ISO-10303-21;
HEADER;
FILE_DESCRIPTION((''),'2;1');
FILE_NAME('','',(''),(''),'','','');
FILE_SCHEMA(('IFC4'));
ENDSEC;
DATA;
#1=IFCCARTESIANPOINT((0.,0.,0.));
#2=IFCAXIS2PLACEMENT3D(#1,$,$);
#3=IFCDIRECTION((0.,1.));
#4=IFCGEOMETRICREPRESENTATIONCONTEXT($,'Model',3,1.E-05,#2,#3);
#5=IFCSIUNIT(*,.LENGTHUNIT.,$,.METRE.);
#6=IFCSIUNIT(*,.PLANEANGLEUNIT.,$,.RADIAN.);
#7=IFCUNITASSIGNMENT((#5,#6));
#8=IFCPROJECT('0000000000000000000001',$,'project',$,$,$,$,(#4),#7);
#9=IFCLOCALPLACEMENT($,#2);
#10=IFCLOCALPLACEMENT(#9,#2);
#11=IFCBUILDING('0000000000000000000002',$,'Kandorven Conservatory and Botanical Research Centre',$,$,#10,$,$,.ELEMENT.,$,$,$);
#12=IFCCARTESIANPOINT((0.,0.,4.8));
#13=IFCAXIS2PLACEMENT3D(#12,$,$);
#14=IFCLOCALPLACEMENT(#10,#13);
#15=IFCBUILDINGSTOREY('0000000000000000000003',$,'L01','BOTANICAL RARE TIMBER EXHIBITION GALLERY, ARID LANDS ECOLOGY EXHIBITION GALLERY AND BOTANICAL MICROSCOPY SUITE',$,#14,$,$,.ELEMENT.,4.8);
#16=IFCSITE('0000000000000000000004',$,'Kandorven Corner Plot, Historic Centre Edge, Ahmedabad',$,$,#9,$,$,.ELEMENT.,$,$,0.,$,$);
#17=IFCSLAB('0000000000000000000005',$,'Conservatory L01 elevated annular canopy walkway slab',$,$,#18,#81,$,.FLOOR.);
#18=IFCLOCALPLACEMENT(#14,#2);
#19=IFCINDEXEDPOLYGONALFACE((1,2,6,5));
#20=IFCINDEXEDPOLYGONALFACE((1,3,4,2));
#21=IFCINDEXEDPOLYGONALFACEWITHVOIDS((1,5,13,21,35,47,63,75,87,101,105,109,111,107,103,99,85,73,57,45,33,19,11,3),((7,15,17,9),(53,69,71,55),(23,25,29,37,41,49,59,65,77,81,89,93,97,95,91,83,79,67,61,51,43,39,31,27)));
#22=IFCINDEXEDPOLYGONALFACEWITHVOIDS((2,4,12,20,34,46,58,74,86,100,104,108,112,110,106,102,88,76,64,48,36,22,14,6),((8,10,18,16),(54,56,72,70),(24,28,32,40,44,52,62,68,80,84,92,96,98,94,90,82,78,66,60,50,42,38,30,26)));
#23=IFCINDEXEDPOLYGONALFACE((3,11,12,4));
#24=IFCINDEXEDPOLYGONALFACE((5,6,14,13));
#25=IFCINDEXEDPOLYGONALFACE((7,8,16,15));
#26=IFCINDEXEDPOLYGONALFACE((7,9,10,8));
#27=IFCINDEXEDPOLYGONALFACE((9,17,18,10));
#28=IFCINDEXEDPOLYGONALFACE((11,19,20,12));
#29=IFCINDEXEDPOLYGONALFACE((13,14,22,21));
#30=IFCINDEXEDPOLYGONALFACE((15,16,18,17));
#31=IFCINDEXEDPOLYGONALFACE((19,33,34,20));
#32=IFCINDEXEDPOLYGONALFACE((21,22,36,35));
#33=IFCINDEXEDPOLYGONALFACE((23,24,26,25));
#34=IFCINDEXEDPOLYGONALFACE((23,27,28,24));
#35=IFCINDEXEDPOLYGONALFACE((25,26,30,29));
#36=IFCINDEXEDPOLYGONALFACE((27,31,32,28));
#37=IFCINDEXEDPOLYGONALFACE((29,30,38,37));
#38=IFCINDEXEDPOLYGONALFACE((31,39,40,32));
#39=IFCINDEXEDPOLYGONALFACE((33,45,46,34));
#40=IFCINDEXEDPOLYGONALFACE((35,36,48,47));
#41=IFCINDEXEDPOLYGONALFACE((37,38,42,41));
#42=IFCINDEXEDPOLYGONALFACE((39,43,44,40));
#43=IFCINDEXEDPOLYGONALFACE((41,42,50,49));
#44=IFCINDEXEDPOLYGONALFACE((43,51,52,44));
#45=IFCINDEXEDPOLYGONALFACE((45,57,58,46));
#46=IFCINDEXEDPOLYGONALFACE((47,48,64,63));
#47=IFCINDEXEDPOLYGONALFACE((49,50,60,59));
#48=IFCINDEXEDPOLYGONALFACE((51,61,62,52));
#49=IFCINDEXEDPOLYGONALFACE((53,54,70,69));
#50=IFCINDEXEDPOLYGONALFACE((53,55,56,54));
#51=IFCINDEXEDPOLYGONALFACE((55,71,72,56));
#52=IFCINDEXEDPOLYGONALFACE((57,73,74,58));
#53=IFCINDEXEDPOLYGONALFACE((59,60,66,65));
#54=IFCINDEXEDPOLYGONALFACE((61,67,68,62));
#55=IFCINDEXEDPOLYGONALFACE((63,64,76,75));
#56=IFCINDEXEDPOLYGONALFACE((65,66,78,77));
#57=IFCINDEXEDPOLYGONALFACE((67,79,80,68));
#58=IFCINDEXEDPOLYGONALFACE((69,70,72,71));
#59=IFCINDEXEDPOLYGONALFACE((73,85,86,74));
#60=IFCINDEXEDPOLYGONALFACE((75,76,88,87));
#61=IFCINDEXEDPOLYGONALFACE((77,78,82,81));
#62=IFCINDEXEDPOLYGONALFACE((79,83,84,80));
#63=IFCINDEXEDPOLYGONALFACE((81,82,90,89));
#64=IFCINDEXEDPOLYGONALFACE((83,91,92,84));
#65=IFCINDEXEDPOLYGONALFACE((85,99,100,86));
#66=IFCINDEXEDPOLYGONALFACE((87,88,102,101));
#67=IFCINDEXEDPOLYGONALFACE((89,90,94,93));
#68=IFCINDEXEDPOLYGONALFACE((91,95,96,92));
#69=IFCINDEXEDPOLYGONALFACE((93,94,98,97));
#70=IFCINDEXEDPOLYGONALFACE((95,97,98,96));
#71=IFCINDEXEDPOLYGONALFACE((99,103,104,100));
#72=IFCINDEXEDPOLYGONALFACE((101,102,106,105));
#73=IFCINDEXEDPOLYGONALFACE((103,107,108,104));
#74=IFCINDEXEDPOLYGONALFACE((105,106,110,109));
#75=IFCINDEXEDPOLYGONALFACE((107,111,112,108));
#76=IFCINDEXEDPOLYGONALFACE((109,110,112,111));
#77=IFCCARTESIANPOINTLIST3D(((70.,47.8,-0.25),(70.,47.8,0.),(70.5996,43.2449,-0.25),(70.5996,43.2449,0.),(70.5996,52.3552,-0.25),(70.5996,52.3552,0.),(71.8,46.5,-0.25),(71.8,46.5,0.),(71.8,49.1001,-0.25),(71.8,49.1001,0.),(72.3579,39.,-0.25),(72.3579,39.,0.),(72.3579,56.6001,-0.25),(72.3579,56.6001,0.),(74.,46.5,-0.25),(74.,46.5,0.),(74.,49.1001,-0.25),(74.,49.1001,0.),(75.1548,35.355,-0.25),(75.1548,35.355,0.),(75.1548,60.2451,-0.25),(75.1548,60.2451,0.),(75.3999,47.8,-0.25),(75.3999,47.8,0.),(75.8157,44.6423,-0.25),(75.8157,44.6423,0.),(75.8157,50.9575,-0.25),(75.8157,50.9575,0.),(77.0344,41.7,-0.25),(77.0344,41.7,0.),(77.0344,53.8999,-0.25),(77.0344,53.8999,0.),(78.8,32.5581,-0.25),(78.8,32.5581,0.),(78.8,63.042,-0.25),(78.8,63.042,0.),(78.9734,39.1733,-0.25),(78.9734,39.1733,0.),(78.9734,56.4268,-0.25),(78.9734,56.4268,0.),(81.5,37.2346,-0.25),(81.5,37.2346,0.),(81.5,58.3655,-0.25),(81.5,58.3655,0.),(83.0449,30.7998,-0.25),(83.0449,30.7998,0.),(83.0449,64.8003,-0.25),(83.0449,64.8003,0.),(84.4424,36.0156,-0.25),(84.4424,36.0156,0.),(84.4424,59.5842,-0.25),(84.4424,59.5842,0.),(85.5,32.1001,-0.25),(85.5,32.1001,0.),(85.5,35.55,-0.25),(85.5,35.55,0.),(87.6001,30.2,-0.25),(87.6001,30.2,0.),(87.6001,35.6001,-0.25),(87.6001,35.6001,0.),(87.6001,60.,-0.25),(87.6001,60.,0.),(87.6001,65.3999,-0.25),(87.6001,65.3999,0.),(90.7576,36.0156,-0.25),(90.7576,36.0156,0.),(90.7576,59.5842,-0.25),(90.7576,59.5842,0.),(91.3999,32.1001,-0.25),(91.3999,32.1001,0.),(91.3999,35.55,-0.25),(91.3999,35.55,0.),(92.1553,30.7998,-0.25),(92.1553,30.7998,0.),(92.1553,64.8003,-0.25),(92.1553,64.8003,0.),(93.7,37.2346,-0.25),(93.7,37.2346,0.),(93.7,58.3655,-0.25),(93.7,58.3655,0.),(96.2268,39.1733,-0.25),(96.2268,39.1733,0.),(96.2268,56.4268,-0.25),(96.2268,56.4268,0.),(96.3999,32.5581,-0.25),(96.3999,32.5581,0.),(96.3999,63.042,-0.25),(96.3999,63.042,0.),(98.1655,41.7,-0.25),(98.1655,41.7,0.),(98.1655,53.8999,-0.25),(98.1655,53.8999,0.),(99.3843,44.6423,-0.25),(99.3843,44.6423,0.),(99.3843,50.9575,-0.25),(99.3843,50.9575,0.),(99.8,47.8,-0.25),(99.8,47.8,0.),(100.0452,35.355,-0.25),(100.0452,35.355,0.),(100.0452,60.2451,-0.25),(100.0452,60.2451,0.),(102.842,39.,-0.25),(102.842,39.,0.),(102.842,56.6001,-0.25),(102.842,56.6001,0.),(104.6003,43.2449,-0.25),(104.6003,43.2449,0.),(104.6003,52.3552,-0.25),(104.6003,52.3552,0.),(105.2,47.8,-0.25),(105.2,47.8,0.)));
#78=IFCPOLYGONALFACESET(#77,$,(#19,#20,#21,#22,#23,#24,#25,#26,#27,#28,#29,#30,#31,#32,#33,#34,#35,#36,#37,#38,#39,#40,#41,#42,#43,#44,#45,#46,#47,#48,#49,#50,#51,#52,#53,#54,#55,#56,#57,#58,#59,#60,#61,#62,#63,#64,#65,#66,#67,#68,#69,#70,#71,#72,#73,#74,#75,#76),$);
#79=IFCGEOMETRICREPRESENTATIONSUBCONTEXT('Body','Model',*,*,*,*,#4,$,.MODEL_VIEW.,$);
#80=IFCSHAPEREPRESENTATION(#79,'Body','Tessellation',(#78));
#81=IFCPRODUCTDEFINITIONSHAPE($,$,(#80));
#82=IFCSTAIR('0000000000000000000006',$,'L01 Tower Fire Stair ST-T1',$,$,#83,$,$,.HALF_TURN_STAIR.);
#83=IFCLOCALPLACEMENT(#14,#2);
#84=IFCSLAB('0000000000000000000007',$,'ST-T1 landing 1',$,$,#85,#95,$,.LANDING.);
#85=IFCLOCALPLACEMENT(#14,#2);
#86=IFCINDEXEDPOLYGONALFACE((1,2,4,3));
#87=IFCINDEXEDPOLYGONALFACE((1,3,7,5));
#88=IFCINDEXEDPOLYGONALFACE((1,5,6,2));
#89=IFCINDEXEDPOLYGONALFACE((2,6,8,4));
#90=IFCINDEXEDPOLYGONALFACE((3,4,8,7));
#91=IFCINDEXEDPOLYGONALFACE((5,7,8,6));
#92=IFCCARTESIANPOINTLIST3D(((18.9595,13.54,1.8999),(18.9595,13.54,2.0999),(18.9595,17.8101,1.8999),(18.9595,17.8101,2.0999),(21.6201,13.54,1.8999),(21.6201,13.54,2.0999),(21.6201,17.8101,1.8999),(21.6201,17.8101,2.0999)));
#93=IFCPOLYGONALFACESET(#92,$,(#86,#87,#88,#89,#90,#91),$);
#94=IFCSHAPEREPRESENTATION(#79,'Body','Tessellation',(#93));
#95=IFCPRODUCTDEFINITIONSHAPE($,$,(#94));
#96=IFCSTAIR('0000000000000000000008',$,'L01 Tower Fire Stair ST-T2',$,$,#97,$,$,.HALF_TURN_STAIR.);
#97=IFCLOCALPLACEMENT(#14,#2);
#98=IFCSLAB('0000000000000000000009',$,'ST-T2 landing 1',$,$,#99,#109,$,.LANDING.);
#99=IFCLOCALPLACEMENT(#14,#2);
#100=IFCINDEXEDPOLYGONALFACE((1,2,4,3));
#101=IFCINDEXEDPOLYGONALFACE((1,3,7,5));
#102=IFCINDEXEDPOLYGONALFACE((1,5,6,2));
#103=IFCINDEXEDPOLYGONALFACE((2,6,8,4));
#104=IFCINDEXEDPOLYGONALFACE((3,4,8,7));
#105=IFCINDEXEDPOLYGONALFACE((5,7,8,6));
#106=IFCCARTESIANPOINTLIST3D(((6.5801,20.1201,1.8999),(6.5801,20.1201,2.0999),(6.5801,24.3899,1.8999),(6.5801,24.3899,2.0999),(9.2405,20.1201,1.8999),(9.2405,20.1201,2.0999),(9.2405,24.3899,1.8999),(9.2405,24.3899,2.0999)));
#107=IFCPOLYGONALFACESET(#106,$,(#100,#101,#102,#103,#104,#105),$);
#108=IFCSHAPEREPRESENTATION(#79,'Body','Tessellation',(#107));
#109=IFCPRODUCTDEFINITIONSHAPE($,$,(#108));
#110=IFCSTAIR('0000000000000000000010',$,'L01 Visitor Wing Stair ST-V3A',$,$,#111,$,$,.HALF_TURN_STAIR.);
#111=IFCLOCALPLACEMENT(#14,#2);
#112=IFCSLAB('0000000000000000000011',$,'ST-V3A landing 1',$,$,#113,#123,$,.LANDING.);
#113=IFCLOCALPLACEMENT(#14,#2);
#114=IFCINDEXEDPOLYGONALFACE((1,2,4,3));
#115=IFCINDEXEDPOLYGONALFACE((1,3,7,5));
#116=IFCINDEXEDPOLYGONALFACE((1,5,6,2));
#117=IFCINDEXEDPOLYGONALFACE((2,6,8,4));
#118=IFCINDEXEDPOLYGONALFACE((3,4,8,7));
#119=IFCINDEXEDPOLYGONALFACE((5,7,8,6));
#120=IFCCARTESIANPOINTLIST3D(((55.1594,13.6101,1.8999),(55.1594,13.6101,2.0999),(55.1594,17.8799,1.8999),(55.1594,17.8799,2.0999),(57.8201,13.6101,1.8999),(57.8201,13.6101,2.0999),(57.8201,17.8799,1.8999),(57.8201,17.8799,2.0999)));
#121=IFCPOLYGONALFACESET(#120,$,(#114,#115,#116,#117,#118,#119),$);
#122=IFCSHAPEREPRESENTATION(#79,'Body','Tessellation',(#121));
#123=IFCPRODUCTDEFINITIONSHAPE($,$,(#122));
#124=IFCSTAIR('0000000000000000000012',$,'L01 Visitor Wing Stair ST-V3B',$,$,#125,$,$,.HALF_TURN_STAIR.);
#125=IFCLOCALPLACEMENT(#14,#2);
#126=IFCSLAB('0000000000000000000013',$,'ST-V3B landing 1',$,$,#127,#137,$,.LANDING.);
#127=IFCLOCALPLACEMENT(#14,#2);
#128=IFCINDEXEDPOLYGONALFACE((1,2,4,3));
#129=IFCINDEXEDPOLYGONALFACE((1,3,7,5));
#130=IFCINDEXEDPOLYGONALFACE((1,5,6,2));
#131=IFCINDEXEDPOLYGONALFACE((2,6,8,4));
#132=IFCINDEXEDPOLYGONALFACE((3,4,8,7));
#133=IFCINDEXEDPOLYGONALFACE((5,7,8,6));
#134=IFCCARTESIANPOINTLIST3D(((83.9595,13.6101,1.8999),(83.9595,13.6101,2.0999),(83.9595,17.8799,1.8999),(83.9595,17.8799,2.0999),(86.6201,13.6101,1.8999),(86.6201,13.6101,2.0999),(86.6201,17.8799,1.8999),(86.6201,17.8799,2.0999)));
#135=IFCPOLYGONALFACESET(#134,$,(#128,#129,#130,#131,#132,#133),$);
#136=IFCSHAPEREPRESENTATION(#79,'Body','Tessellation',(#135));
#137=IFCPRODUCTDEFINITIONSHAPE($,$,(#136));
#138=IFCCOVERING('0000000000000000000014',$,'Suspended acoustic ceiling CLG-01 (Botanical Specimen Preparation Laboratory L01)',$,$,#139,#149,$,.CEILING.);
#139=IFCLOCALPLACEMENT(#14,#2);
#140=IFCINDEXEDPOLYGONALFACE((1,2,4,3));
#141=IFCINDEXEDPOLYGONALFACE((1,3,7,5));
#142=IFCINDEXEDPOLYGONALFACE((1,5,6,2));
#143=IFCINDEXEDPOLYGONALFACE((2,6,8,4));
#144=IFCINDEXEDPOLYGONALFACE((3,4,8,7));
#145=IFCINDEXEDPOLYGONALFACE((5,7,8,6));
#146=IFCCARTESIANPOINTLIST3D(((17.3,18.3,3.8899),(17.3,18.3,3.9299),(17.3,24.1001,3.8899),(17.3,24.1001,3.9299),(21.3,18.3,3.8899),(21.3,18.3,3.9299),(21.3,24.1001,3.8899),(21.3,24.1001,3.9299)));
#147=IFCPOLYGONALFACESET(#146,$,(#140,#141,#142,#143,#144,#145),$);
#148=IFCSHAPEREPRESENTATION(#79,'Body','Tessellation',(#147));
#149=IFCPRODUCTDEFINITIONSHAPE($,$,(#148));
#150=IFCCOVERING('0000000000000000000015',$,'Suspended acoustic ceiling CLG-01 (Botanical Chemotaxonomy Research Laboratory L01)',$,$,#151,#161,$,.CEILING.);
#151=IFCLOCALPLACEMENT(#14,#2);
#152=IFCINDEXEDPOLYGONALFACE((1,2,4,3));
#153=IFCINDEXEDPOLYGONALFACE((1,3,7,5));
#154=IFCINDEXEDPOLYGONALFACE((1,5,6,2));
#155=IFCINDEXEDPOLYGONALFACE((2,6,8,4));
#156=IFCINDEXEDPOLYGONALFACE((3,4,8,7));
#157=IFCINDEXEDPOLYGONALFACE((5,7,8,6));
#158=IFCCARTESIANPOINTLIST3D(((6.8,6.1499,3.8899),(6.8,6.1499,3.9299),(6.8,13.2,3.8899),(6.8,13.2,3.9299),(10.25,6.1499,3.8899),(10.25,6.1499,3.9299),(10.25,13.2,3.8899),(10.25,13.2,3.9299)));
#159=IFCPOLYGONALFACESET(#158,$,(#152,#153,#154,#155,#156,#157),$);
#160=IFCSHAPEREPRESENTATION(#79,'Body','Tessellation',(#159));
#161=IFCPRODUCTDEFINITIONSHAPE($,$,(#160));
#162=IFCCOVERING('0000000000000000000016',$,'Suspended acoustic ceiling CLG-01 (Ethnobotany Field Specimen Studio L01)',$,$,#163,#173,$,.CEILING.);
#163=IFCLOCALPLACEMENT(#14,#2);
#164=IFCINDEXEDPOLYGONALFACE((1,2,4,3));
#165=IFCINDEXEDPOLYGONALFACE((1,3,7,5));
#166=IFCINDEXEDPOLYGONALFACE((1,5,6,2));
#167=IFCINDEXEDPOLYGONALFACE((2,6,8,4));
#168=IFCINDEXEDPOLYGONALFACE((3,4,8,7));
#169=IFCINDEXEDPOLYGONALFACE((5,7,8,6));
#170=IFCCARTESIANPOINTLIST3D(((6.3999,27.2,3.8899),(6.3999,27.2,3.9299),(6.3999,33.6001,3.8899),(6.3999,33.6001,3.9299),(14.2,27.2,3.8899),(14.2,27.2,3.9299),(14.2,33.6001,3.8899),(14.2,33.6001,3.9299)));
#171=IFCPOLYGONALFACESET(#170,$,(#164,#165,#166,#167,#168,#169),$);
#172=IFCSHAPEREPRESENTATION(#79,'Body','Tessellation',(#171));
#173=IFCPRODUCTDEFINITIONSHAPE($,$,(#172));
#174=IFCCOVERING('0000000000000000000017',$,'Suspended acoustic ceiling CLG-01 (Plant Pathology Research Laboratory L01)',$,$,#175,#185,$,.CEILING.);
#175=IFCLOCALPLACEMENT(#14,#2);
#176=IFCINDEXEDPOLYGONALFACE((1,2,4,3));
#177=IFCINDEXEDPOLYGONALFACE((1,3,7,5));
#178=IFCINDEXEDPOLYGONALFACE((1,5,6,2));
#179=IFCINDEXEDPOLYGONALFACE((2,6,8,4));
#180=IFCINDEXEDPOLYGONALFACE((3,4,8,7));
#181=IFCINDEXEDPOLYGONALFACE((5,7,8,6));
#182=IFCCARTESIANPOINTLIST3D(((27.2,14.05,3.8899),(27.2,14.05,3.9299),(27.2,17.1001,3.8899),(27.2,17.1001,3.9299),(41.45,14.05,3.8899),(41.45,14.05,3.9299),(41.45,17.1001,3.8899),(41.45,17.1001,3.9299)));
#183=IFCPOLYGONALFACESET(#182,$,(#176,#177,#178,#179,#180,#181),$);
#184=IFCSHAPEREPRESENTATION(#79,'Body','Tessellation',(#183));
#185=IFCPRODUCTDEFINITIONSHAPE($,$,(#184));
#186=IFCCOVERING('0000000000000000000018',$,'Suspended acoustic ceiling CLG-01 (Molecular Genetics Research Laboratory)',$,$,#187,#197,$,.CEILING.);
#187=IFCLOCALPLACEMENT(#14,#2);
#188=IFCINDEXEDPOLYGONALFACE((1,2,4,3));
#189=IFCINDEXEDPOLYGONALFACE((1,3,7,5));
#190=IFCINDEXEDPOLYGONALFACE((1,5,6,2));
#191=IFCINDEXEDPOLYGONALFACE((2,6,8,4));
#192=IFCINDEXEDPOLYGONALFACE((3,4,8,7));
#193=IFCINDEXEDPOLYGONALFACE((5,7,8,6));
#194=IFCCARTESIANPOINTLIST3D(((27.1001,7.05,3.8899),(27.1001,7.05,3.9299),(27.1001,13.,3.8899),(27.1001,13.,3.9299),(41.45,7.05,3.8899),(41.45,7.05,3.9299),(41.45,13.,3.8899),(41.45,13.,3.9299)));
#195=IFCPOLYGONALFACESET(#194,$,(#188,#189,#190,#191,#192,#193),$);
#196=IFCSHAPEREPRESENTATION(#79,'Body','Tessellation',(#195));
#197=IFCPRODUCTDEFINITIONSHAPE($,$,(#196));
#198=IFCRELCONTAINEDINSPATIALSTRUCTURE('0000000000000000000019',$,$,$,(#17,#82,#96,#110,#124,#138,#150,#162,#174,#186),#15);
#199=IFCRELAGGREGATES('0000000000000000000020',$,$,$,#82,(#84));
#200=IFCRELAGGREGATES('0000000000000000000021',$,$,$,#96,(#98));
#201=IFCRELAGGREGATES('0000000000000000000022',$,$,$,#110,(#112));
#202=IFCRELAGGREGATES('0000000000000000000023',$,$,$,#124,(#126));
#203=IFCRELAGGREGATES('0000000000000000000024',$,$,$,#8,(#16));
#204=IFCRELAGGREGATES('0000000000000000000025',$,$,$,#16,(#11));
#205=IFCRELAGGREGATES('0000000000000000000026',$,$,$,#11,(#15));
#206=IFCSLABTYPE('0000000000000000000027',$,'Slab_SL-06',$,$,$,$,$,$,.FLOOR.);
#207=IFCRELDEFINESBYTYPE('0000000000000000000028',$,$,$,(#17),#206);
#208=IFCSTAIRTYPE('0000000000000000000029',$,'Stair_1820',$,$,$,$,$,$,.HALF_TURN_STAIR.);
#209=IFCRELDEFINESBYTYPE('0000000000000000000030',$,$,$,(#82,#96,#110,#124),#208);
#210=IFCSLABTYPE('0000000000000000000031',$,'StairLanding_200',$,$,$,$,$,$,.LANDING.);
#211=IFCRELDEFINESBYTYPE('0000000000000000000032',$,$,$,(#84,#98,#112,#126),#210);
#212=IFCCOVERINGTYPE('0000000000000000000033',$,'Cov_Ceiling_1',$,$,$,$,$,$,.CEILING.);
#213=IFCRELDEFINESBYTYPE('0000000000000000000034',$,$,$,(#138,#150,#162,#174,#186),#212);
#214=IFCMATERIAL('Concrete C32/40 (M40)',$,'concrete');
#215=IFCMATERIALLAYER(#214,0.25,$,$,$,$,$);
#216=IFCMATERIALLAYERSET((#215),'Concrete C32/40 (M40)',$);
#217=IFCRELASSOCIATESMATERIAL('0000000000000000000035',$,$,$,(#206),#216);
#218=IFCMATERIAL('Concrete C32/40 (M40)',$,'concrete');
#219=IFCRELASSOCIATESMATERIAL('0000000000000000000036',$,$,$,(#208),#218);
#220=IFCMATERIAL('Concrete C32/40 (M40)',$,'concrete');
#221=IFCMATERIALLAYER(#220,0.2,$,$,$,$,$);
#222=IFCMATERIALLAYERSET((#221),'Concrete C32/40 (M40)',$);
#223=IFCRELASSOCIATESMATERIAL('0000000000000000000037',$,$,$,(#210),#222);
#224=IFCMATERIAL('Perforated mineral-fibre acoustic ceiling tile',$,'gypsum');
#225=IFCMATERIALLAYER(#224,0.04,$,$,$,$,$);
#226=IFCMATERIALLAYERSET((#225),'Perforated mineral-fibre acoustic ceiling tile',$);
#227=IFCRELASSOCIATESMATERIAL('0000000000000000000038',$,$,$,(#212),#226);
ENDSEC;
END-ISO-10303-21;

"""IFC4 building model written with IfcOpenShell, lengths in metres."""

from ifc_helpers import new_model, si_unit, direction, frame, origin, place, context, subcontext, project, spatial, polyline, outline, extrude, material, layer, layer_set, type_object, element, aggregate, save


model = new_model("IFC4")

# Units and contexts
model_context = context("Model", 3, precision=1e-05, world=origin(), true_north=direction((0.0, 1.0)))
body_context = subcontext(model_context, "Body", "Model", "MODEL_VIEW")
ifc_project = project(units=[si_unit("LENGTHUNIT", "METRE"), si_unit("PLANEANGLEUNIT", "RADIAN")], contexts=[model_context])

# Site, building, storey
site_placement = place(None, origin())
site = spatial("IfcSite", under=ifc_project, at=site_placement, Name="Kandorven Corner Plot, Historic Centre Edge, Ahmedabad", CompositionType="ELEMENT", RefElevation=0.0)
building_placement = place(site_placement, origin())
building = spatial("IfcBuilding", under=site, at=building_placement, Name="Kandorven Conservatory and Botanical Research Centre", CompositionType="ELEMENT")
storey_placement = place(building_placement, frame((0.0, 0.0, 4.8)))
storey = spatial("IfcBuildingStorey", under=building, at=storey_placement, Name="L01", Description="BOTANICAL RARE TIMBER EXHIBITION GALLERY, ARID LANDS ECOLOGY EXHIBITION GALLERY AND BOTANICAL MICROSCOPY SUITE", CompositionType="ELEMENT", Elevation=4.8)

# Slab
ifc_material_1 = material(Name="Concrete C32/40 (M40)", Category="concrete")
ifc_layer_1 = layer(ifc_material_1, 0.25)
ifc_layer_set_1 = layer_set([ifc_layer_1], Name="Concrete C32/40 (M40)")
slab_type_1 = type_object("IfcSlabType", Name="Slab_SL-06", PredefinedType="FLOOR", material=ifc_layer_set_1)
slab_1_placement = place(storey_placement, frame((0.0, 0.0, -0.25)))
element("IfcSlab", 1, at=slab_1_placement, inside=storey, type_object=slab_type_1, Name="Conservatory L01 elevated annular canopy walkway slab", PredefinedType="FLOOR", context=body_context, shape_type="SweptSolid", body=[
    extrude(outline(polyline([(105.2, 47.8), (104.6003, 52.3552), (102.842, 56.6001), (100.0452, 60.2451), (96.3999, 63.042), (92.1553, 64.8003), (87.6001, 65.3999), (83.0449, 64.8003), (78.8, 63.042), (75.1548, 60.2451), (72.3579, 56.6001), (70.5996, 52.3552), (70.0, 47.8), (70.5996, 43.2449), (72.3579, 39.0), (75.1548, 35.355), (78.8, 32.5581), (83.0449, 30.7998), (87.6001, 30.2), (92.1553, 30.7998), (96.3999, 32.5581), (100.0452, 35.355), (102.842, 39.0), (104.6003, 43.2449), (105.2, 47.8)]), holes=[polyline([(99.8, 47.8), (99.3843, 50.9575), (98.1655, 53.8999), (96.2268, 56.4268), (93.7, 58.3655), (90.7576, 59.5842), (87.6001, 60.0), (84.4424, 59.5842), (81.5, 58.3655), (78.9734, 56.4268), (77.0344, 53.8999), (75.8157, 50.9575), (75.3999, 47.8), (75.8157, 44.6423), (77.0344, 41.7), (78.9734, 39.1733), (81.5, 37.2346), (84.4424, 36.0156), (87.6001, 35.6001), (90.7576, 36.0156), (93.7, 37.2346), (96.2268, 39.1733), (98.1655, 41.7), (99.3843, 44.6423), (99.8, 47.8)]), polyline([(85.5, 32.1001), (91.3999, 32.1001), (91.3999, 35.55), (85.5, 35.55), (85.5, 32.1001)]), polyline([(71.8, 46.5), (74.0, 46.5), (74.0, 49.1001), (71.8, 49.1001), (71.8, 46.5)])]), origin(), (0.0, 0.0, 1.0), 0.25),
])

# Stairs, slabs
ifc_material_2 = material(Name="Concrete C32/40 (M40)", Category="concrete")
stair_type = type_object("IfcStairType", Name="Stair_1820", PredefinedType="HALF_TURN_STAIR", material=ifc_material_2)
stair_1_placement = place(storey_placement, origin())
stair_1 = element("IfcStair", 2, at=stair_1_placement, inside=storey, type_object=stair_type, Name="L01 Tower Fire Stair ST-T1", PredefinedType="HALF_TURN_STAIR")
ifc_material_3 = material(Name="Concrete C32/40 (M40)", Category="concrete")
ifc_layer_2 = layer(ifc_material_3, 0.2)
ifc_layer_set_2 = layer_set([ifc_layer_2], Name="Concrete C32/40 (M40)")
slab_type_2 = type_object("IfcSlabType", Name="StairLanding_200", PredefinedType="LANDING", material=ifc_layer_set_2)
slab_2_placement = place(storey_placement, frame((0.0, 0.0, 1.8999)))
slab_2 = element("IfcSlab", 3, at=slab_2_placement, type_object=slab_type_2, Name="ST-T1 landing 1", PredefinedType="LANDING", context=body_context, shape_type="SweptSolid", body=[
    extrude(outline(polyline([(18.9595, 13.54), (21.6201, 13.54), (21.6201, 17.8101), (18.9595, 17.8101), (18.9595, 13.54)])), origin(), (0.0, 0.0, 1.0), 0.2),
])
aggregate(stair_1, [slab_2])
stair_2_placement = place(storey_placement, origin())
stair_2 = element("IfcStair", 4, at=stair_2_placement, inside=storey, type_object=stair_type, Name="L01 Tower Fire Stair ST-T2", PredefinedType="HALF_TURN_STAIR")
slab_3_placement = place(storey_placement, frame((0.0, 0.0, 1.8999)))
slab_3 = element("IfcSlab", 5, at=slab_3_placement, type_object=slab_type_2, Name="ST-T2 landing 1", PredefinedType="LANDING", context=body_context, shape_type="SweptSolid", body=[
    extrude(outline(polyline([(9.2405, 24.3899), (6.5801, 24.3899), (6.5801, 20.1201), (9.2405, 20.1201), (9.2405, 24.3899)])), origin(), (0.0, 0.0, 1.0), 0.2),
])
aggregate(stair_2, [slab_3])
stair_3_placement = place(storey_placement, origin())
stair_3 = element("IfcStair", 6, at=stair_3_placement, inside=storey, type_object=stair_type, Name="L01 Visitor Wing Stair ST-V3A", PredefinedType="HALF_TURN_STAIR")
slab_4_placement = place(storey_placement, frame((0.0, 0.0, 1.8999)))
slab_4 = element("IfcSlab", 7, at=slab_4_placement, type_object=slab_type_2, Name="ST-V3A landing 1", PredefinedType="LANDING", context=body_context, shape_type="SweptSolid", body=[
    extrude(outline(polyline([(55.1594, 13.6101), (57.8201, 13.6101), (57.8201, 17.8799), (55.1594, 17.8799), (55.1594, 13.6101)])), origin(), (0.0, 0.0, 1.0), 0.2),
])
aggregate(stair_3, [slab_4])
stair_4_placement = place(storey_placement, origin())
stair_4 = element("IfcStair", 8, at=stair_4_placement, inside=storey, type_object=stair_type, Name="L01 Visitor Wing Stair ST-V3B", PredefinedType="HALF_TURN_STAIR")
slab_5_placement = place(storey_placement, frame((0.0, 0.0, 1.8999)))
slab_5 = element("IfcSlab", 9, at=slab_5_placement, type_object=slab_type_2, Name="ST-V3B landing 1", PredefinedType="LANDING", context=body_context, shape_type="SweptSolid", body=[
    extrude(outline(polyline([(83.9595, 13.6101), (86.6201, 13.6101), (86.6201, 17.8799), (83.9595, 17.8799), (83.9595, 13.6101)])), origin(), (0.0, 0.0, 1.0), 0.2),
])
aggregate(stair_4, [slab_5])

# Coverings
ifc_material_4 = material(Name="Perforated mineral-fibre acoustic ceiling tile", Category="gypsum")
ifc_layer_3 = layer(ifc_material_4, 0.04)
ifc_layer_set_3 = layer_set([ifc_layer_3], Name="Perforated mineral-fibre acoustic ceiling tile")
covering_type_1 = type_object("IfcCoveringType", Name="Cov_Ceiling_1", PredefinedType="CEILING", material=ifc_layer_set_3)
covering_1_placement = place(storey_placement, frame((0.0, 0.0, 3.8899)))
element("IfcCovering", 10, at=covering_1_placement, inside=storey, type_object=covering_type_1, Name="Suspended acoustic ceiling CLG-01 (Botanical Specimen Preparation Laboratory L01)", PredefinedType="CEILING", context=body_context, shape_type="SweptSolid", body=[
    extrude(outline(polyline([(17.3, 18.3), (21.3, 18.3), (21.3, 24.1001), (17.3, 24.1001), (17.3, 18.3)])), origin(), (0.0, 0.0, 1.0), 0.04),
])
covering_2_placement = place(storey_placement, frame((0.0, 0.0, 3.8899)))
element("IfcCovering", 11, at=covering_2_placement, inside=storey, type_object=covering_type_1, Name="Suspended acoustic ceiling CLG-01 (Botanical Chemotaxonomy Research Laboratory L01)", PredefinedType="CEILING", context=body_context, shape_type="SweptSolid", body=[
    extrude(outline(polyline([(6.8, 6.1499), (10.25, 6.1499), (10.25, 13.2), (6.8, 13.2), (6.8, 6.1499)])), origin(), (0.0, 0.0, 1.0), 0.04),
])
covering_3_placement = place(storey_placement, frame((0.0, 0.0, 3.8899)))
element("IfcCovering", 12, at=covering_3_placement, inside=storey, type_object=covering_type_1, Name="Suspended acoustic ceiling CLG-01 (Ethnobotany Field Specimen Studio L01)", PredefinedType="CEILING", context=body_context, shape_type="SweptSolid", body=[
    extrude(outline(polyline([(6.3999, 27.2), (14.2, 27.2), (14.2, 33.6001), (6.3999, 33.6001), (6.3999, 27.2)])), origin(), (0.0, 0.0, 1.0), 0.04),
])
covering_4_placement = place(storey_placement, frame((0.0, 0.0, 3.8899)))
element("IfcCovering", 13, at=covering_4_placement, inside=storey, type_object=covering_type_1, Name="Suspended acoustic ceiling CLG-01 (Plant Pathology Research Laboratory L01)", PredefinedType="CEILING", context=body_context, shape_type="SweptSolid", body=[
    extrude(outline(polyline([(27.2, 14.05), (41.45, 14.05), (41.45, 17.1001), (27.2, 17.1001), (27.2, 14.05)])), origin(), (0.0, 0.0, 1.0), 0.04),
])
covering_5_placement = place(storey_placement, frame((0.0, 0.0, 3.8899)))
element("IfcCovering", 14, at=covering_5_placement, inside=storey, type_object=covering_type_1, Name="Suspended acoustic ceiling CLG-01 (Molecular Genetics Research Laboratory)", PredefinedType="CEILING", context=body_context, shape_type="SweptSolid", body=[
    extrude(outline(polyline([(27.1001, 7.05), (41.45, 7.05), (41.45, 13.0), (27.1001, 13.0), (27.1001, 7.05)])), origin(), (0.0, 0.0, 1.0), 0.04),
])

save(model, "model.ifc")
